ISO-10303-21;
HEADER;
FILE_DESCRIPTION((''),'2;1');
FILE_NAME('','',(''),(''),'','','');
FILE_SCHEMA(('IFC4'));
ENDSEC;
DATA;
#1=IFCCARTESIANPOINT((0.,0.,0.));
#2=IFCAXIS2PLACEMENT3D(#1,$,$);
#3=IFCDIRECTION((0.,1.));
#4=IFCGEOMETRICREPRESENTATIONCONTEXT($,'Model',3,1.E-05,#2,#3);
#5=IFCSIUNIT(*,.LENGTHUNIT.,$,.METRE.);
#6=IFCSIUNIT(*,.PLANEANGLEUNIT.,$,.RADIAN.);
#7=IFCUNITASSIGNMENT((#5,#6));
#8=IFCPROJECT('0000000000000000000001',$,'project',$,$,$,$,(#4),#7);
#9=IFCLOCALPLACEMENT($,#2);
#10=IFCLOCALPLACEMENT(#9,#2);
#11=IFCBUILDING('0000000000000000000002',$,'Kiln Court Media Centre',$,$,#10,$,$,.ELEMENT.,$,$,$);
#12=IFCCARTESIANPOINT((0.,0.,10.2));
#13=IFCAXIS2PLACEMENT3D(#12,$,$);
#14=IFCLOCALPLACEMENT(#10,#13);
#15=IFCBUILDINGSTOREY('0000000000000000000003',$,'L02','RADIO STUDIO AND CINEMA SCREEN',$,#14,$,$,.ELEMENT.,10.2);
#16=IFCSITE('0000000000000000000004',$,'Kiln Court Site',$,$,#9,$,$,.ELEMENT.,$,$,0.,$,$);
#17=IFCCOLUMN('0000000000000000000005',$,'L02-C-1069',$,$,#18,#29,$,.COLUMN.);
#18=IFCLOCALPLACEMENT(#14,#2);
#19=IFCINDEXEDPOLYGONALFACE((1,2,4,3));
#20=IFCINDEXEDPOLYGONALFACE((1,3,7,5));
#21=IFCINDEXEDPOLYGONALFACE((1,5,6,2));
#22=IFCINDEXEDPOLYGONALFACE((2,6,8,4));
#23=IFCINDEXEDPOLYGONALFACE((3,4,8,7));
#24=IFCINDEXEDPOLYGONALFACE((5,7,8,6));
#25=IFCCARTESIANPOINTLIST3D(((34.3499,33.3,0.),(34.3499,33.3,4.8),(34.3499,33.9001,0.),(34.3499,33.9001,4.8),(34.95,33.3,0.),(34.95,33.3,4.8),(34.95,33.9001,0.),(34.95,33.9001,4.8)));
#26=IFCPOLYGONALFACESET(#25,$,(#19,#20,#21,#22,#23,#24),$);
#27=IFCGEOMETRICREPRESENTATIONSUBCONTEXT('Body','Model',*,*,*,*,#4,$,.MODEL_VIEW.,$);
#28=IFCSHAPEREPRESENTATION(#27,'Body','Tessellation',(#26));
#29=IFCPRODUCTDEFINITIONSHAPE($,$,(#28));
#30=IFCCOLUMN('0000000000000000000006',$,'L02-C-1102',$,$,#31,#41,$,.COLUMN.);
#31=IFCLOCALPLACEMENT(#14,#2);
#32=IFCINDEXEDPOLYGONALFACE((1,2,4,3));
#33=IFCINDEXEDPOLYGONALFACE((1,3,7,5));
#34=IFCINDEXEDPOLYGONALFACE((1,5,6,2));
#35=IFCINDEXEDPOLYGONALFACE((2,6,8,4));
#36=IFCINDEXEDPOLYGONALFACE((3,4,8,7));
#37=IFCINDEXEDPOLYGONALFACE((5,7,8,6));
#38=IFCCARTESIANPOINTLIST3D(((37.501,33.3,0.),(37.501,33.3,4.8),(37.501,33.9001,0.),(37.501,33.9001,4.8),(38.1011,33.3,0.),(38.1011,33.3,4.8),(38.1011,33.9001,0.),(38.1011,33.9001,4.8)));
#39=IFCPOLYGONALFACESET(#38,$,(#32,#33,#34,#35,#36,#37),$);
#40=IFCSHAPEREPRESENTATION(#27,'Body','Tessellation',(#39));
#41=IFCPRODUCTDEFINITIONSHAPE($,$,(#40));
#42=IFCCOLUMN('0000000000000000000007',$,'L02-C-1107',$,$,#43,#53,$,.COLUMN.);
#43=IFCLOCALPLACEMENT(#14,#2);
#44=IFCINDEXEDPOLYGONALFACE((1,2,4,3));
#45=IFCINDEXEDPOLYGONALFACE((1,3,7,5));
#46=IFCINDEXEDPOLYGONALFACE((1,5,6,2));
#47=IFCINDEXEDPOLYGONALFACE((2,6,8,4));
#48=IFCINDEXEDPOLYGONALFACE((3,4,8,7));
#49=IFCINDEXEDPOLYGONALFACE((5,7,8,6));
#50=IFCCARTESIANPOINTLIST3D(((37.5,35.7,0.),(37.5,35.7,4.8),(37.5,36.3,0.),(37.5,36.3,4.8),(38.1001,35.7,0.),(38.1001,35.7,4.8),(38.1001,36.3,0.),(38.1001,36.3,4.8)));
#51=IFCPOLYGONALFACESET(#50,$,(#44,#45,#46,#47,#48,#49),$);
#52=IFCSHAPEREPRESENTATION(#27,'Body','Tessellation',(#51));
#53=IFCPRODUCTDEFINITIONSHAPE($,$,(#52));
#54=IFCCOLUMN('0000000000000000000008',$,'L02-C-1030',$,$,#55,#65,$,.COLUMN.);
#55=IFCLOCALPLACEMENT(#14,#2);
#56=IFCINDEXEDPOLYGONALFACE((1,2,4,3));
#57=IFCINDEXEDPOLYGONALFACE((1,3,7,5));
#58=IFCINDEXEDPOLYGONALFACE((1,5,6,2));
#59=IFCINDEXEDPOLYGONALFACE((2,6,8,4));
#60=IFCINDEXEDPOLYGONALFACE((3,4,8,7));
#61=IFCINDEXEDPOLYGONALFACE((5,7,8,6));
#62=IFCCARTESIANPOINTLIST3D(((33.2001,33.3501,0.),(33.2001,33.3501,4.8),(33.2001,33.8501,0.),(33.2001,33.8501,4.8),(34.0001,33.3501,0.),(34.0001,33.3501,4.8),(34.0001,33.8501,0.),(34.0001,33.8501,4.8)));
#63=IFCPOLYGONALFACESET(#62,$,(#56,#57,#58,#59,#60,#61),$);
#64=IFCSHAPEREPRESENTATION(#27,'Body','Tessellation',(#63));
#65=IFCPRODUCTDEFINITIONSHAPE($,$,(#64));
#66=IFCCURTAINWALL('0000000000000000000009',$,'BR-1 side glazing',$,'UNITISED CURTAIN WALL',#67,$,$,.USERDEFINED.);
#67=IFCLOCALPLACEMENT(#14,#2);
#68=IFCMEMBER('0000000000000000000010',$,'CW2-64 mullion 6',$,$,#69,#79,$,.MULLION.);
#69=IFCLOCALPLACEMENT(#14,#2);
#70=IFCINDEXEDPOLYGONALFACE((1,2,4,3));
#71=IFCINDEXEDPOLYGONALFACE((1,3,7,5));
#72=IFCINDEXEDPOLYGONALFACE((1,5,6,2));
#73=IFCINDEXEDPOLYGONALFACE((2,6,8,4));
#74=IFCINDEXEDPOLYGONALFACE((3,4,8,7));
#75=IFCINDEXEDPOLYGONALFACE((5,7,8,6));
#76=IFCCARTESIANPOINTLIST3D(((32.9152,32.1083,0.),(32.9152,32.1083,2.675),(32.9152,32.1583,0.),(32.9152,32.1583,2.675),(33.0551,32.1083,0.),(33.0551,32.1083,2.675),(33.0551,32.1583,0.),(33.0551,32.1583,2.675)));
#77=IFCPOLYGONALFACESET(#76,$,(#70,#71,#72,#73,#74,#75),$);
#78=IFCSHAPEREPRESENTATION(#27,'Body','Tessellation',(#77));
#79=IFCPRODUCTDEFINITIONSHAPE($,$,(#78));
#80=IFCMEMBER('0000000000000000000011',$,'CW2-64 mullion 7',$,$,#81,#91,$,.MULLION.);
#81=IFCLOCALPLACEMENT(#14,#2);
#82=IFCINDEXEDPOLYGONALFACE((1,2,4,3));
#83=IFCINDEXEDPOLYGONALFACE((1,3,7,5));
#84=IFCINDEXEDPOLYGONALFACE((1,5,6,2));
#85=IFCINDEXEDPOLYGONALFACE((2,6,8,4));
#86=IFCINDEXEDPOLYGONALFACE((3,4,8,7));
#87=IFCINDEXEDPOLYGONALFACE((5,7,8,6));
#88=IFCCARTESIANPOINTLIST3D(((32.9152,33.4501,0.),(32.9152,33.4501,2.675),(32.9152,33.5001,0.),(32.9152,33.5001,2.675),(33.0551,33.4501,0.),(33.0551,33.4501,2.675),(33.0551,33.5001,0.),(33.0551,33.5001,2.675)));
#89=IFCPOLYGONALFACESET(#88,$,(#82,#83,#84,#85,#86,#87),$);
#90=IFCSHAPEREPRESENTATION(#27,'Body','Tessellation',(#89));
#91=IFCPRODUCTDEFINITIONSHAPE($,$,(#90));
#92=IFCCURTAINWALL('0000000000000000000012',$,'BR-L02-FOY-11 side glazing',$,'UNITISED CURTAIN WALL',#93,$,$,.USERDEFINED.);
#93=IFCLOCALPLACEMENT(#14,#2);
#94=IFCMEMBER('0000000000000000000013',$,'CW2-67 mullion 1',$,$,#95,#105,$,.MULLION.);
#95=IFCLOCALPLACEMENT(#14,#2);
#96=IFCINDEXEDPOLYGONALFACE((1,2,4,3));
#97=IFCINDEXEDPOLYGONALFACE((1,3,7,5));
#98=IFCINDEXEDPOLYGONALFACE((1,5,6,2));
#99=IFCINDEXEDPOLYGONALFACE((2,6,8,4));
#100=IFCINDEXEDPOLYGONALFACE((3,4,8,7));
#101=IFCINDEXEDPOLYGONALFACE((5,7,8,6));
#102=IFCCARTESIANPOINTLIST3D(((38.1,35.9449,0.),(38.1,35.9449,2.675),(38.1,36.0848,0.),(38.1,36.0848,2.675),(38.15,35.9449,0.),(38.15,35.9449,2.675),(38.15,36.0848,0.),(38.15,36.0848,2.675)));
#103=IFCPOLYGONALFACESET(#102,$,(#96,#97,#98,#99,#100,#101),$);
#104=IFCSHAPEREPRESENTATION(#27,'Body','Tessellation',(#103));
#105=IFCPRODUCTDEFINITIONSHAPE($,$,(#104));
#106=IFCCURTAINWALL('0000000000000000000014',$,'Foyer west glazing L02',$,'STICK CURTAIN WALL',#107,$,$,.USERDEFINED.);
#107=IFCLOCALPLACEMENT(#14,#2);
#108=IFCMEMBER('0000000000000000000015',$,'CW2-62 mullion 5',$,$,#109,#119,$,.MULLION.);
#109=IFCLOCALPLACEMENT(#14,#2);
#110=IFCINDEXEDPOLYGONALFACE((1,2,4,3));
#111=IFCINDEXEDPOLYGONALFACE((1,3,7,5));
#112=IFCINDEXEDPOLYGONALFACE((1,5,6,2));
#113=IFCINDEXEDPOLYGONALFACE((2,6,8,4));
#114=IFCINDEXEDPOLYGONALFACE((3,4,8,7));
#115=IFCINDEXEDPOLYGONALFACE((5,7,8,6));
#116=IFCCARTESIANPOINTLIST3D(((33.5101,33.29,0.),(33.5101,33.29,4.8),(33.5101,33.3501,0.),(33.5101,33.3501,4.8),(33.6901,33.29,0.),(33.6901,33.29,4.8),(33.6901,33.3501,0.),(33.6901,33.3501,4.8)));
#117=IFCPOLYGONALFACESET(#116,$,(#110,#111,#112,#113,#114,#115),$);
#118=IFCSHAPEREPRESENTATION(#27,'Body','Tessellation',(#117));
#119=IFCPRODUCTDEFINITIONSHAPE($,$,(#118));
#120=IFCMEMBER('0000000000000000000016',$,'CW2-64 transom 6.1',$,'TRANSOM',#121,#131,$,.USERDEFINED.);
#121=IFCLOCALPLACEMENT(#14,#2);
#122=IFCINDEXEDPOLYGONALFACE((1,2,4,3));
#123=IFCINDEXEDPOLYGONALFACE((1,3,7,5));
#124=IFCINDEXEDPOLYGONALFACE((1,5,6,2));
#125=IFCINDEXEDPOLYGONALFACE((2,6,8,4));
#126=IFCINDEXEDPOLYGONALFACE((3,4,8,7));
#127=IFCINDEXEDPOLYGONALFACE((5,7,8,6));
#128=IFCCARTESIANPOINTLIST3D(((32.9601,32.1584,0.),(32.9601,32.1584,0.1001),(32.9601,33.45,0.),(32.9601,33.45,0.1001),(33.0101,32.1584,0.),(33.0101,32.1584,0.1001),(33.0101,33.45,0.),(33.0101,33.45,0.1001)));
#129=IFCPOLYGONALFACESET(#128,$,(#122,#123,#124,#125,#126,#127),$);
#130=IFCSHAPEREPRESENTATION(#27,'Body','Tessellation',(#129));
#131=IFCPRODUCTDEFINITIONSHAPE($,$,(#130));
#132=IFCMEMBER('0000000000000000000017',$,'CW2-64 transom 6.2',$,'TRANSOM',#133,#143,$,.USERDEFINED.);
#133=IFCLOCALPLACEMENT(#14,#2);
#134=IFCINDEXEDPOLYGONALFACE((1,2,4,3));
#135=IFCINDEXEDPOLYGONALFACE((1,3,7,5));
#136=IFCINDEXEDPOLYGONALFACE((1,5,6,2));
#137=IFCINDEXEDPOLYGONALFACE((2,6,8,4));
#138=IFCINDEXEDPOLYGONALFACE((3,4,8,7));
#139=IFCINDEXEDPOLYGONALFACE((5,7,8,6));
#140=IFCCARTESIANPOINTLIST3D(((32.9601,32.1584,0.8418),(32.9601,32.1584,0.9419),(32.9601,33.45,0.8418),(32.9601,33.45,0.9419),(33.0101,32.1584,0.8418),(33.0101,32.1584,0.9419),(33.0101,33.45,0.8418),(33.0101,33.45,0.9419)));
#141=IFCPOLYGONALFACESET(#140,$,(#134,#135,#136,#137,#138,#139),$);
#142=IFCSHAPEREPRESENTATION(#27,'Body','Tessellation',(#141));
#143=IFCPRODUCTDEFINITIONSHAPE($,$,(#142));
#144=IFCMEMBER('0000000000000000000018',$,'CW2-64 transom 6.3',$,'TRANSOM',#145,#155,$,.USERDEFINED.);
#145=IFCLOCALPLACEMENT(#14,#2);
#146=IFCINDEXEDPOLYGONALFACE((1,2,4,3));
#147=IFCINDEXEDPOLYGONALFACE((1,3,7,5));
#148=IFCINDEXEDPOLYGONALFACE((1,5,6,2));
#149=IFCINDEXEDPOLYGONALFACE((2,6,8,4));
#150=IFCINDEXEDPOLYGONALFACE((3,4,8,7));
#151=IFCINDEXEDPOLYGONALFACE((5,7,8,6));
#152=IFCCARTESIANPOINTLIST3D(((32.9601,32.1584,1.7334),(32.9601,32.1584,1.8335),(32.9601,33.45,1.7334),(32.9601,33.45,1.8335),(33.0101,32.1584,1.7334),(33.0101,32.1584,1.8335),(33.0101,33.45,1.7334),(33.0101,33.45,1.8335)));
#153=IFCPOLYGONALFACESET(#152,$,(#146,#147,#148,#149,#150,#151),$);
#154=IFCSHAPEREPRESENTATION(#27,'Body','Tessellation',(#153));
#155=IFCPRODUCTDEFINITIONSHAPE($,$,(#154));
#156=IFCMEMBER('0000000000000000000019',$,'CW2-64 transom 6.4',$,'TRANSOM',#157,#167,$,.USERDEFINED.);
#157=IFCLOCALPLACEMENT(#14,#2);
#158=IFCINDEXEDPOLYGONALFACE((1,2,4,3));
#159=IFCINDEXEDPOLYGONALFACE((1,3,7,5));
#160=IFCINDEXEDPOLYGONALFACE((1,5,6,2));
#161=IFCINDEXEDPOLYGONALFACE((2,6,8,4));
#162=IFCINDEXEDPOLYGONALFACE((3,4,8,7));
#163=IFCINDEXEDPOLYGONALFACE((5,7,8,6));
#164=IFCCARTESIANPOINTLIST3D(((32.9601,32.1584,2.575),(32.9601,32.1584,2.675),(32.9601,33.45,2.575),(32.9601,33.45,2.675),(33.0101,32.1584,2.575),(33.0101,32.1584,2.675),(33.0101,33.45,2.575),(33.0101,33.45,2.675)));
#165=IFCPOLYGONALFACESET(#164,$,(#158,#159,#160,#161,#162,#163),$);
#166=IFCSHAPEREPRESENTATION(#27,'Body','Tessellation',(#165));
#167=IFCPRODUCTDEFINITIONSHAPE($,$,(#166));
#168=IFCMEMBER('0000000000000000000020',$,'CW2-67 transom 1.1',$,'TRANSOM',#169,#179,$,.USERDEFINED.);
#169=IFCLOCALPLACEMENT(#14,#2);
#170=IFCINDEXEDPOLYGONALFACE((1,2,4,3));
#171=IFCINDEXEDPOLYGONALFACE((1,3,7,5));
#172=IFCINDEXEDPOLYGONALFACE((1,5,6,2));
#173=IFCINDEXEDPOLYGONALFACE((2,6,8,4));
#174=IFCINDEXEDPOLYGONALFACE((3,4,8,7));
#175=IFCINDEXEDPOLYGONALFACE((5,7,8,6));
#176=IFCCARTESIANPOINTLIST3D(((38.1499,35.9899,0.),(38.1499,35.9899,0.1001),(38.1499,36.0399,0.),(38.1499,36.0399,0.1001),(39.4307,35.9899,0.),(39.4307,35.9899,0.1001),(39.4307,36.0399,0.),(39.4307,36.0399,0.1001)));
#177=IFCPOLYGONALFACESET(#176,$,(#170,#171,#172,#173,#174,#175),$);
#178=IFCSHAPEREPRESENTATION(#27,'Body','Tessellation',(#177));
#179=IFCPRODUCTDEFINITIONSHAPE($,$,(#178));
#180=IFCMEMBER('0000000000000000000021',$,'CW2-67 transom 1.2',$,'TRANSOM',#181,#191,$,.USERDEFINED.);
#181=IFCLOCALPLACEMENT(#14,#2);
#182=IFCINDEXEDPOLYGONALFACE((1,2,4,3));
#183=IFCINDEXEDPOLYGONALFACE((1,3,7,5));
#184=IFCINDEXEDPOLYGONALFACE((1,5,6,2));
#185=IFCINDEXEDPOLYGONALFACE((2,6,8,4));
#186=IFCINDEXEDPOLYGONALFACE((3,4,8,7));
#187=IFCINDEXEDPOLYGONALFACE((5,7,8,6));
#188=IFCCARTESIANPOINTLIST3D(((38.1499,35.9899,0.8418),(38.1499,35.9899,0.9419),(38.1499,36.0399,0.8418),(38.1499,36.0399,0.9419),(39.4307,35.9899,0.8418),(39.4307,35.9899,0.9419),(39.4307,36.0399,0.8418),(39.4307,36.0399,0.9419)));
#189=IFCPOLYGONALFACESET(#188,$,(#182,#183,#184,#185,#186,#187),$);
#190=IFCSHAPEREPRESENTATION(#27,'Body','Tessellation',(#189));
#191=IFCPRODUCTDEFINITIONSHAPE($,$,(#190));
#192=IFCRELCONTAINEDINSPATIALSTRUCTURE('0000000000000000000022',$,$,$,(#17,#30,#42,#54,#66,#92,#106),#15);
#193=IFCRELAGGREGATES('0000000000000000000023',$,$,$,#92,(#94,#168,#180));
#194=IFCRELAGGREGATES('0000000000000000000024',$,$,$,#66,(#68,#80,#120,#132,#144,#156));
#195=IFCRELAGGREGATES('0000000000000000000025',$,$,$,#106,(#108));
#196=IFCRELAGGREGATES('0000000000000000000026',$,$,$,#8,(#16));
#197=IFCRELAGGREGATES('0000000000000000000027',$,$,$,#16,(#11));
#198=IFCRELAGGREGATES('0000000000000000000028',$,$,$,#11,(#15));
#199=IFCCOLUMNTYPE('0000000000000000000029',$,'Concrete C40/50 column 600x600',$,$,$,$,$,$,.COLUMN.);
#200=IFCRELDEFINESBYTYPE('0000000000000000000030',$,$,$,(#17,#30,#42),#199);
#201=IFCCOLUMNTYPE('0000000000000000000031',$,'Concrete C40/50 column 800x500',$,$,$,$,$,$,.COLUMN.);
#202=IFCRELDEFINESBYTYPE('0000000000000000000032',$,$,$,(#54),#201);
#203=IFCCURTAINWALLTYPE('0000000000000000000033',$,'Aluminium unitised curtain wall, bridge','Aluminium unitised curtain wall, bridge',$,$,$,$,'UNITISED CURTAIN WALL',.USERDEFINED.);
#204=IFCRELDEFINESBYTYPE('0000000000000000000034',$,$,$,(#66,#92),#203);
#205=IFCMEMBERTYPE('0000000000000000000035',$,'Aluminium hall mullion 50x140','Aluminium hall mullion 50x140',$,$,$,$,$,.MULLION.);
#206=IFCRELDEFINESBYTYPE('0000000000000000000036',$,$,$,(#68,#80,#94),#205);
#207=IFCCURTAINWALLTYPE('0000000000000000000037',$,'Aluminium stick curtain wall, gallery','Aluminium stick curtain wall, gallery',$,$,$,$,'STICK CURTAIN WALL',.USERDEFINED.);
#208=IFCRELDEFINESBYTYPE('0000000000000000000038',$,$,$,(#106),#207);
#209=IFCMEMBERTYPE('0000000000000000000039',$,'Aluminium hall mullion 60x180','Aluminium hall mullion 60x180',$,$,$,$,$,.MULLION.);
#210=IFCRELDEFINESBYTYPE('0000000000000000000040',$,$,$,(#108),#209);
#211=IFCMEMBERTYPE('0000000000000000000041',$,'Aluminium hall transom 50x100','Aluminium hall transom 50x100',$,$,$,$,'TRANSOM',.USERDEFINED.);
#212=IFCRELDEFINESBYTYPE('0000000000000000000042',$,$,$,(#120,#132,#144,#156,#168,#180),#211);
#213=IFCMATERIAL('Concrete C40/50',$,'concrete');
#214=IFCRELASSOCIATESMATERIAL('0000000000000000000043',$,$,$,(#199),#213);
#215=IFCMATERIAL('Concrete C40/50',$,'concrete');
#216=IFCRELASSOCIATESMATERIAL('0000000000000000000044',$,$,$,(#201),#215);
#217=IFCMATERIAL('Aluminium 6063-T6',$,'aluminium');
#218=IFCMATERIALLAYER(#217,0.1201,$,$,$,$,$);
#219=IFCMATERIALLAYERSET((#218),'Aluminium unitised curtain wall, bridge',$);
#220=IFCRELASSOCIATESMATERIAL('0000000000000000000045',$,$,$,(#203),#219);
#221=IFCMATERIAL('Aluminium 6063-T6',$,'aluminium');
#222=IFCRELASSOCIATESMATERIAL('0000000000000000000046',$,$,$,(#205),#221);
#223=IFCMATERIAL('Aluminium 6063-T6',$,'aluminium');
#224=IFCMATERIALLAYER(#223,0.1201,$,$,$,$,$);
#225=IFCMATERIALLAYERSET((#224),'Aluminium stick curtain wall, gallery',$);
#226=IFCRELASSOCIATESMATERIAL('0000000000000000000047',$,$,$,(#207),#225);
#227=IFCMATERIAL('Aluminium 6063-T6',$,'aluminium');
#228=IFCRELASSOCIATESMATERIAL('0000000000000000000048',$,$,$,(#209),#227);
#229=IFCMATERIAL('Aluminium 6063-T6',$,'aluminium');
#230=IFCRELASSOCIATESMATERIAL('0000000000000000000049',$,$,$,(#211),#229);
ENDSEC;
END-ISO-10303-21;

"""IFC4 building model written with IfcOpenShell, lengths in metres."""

from ifc_helpers import new_model, si_unit, direction, frame, origin, origin_2d, place, context, subcontext, project, spatial, rectangle, extrude, material, layer, layer_set, material_profile, profile_set, type_object, element, aggregate, save


model = new_model("IFC4")

# Units and contexts
model_context = context("Model", 3, precision=1e-05, world=origin(), true_north=direction((0.0, 1.0)))
body_context = subcontext(model_context, "Body", "Model", "MODEL_VIEW")
ifc_project = project(units=[si_unit("LENGTHUNIT", "METRE"), si_unit("PLANEANGLEUNIT", "RADIAN")], contexts=[model_context])

# Site, building, storey
site_placement = place(None, origin())
site = spatial("IfcSite", under=ifc_project, at=site_placement, Name="Kiln Court Site", CompositionType="ELEMENT", RefElevation=0.0)
building_placement = place(site_placement, origin())
building = spatial("IfcBuilding", under=site, at=building_placement, Name="Kiln Court Media Centre", CompositionType="ELEMENT")
storey_placement = place(building_placement, frame((0.0, 0.0, 10.2)))
storey = spatial("IfcBuildingStorey", under=building, at=storey_placement, Name="L02", Description="RADIO STUDIO AND CINEMA SCREEN", CompositionType="ELEMENT", Elevation=10.2)

# Columns
ifc_material_1 = material(Name="Concrete C40/50", Category="concrete")
ifc_material_profile_1 = material_profile(ifc_material_1, rectangle(XDim=0.6001, YDim=0.6001, at=origin_2d()), Name="RC 600x600")
ifc_profile_set_1 = profile_set([ifc_material_profile_1], Name="Concrete C40/50")
column_type_1 = type_object("IfcColumnType", Name="Concrete C40/50 column 600x600", PredefinedType="COLUMN", material=ifc_profile_set_1)
for number, where, z_axis, x_axis, name in (
    (1, (34.6499, 33.6001, 0.0), (0.0, 0.0, 1.0), (1.0, 0.0, 0.0), "L02-C-1069"),
    (2, (37.801, 33.6001, 0.0), (0.0, 0.0, 1.0), (1.0, 0.0, 0.0), "L02-C-1102"),
    (3, (37.8, 36.0, 0.0), (0.0, 0.0, 1.0), (1.0, 0.0, 0.0), "L02-C-1107"),
):
    element("IfcColumn", number, at=place(storey_placement, frame(where, z_axis=z_axis, x_axis=x_axis)), inside=storey, type_object=column_type_1, Name=name, PredefinedType="COLUMN", context=body_context, shape_type="SweptSolid", body=[
        extrude(rectangle(XDim=0.6001, YDim=0.6001, at=origin_2d()), origin(), (0.0, 0.0, 1.0), 4.8),
    ])
ifc_material_2 = material(Name="Concrete C40/50", Category="concrete")
ifc_material_profile_2 = material_profile(ifc_material_2, rectangle(XDim=0.8, YDim=0.5, at=origin_2d()), Name="RC 800x500")
ifc_profile_set_2 = profile_set([ifc_material_profile_2], Name="Concrete C40/50")
column_type_2 = type_object("IfcColumnType", Name="Concrete C40/50 column 800x500", PredefinedType="COLUMN", material=ifc_profile_set_2)
column_placement = place(storey_placement, frame((33.6001, 33.6001, 0.0), z_axis=(0.0, 0.0, 1.0), x_axis=(1.0, 0.0, 0.0)))
element("IfcColumn", 4, at=column_placement, inside=storey, type_object=column_type_2, Name="L02-C-1030", PredefinedType="COLUMN", context=body_context, shape_type="SweptSolid", body=[
    extrude(rectangle(XDim=0.8, YDim=0.5, at=origin_2d()), origin(), (0.0, 0.0, 1.0), 4.8),
])

# Curtain wall, members
ifc_material_3 = material(Name="Aluminium 6063-T6", Category="aluminium")
ifc_layer_1 = layer(ifc_material_3, 0.1201)
ifc_layer_set_1 = layer_set([ifc_layer_1], Name="Aluminium unitised curtain wall, bridge")
curtain_wall_type_1 = type_object("IfcCurtainWallType", Name="Aluminium unitised curtain wall, bridge", Description="Aluminium unitised curtain wall, bridge", ElementType="UNITISED CURTAIN WALL", PredefinedType="USERDEFINED", material=ifc_layer_set_1)
curtain_wall_1_placement = place(storey_placement, origin())
curtain_wall_1 = element("IfcCurtainWall", 5, at=curtain_wall_1_placement, inside=storey, type_object=curtain_wall_type_1, Name="BR-1 side glazing", ObjectType="UNITISED CURTAIN WALL", PredefinedType="USERDEFINED")
ifc_material_4 = material(Name="Aluminium 6063-T6", Category="aluminium")
ifc_material_profile_3 = material_profile(ifc_material_4, rectangle(XDim=0.05, YDim=0.1399, at=origin_2d()), Name="Aluminium hall mullion 50x140")
ifc_profile_set_3 = profile_set([ifc_material_profile_3], Name="Aluminium 6063-T6")
member_type_1 = type_object("IfcMemberType", Name="Aluminium hall mullion 50x140", Description="Aluminium hall mullion 50x140", PredefinedType="MULLION", material=ifc_profile_set_3)
member_1_placement = place(storey_placement, frame((32.9851, 32.1333, 0.0), z_axis=(0.0, 0.0, 1.0), x_axis=(0.0, 1.0, 0.0)))
member_1 = element("IfcMember", 6, at=member_1_placement, type_object=member_type_1, Name="CW2-64 mullion 6", PredefinedType="MULLION", context=body_context, shape_type="SweptSolid", body=[
    extrude(rectangle(XDim=0.05, YDim=0.1399, at=origin_2d()), origin(), (0.0, 0.0, 1.0), 2.675),
])
member_2_placement = place(storey_placement, frame((32.9851, 33.4751, 0.0), z_axis=(0.0, 0.0, 1.0), x_axis=(0.0, 1.0, 0.0)))
member_2 = element("IfcMember", 7, at=member_2_placement, type_object=member_type_1, Name="CW2-64 mullion 7", PredefinedType="MULLION", context=body_context, shape_type="SweptSolid", body=[
    extrude(rectangle(XDim=0.05, YDim=0.1399, at=origin_2d()), origin(), (0.0, 0.0, 1.0), 2.675),
])

# Curtain walls, members
curtain_wall_2_placement = place(storey_placement, origin())
curtain_wall_2 = element("IfcCurtainWall", 8, at=curtain_wall_2_placement, inside=storey, type_object=curtain_wall_type_1, Name="BR-L02-FOY-11 side glazing", ObjectType="UNITISED CURTAIN WALL", PredefinedType="USERDEFINED")
member_3_placement = place(storey_placement, frame((38.125, 36.0149, 0.0), z_axis=(0.0, 0.0, 1.0), x_axis=(1.0, 0.0, 0.0)))
member_3 = element("IfcMember", 9, at=member_3_placement, type_object=member_type_1, Name="CW2-67 mullion 1", PredefinedType="MULLION", context=body_context, shape_type="SweptSolid", body=[
    extrude(rectangle(XDim=0.05, YDim=0.1399, at=origin_2d()), origin(), (0.0, 0.0, 1.0), 2.675),
])
ifc_material_5 = material(Name="Aluminium 6063-T6", Category="aluminium")
ifc_layer_2 = layer(ifc_material_5, 0.1201)
ifc_layer_set_2 = layer_set([ifc_layer_2], Name="Aluminium stick curtain wall, gallery")
curtain_wall_type_2 = type_object("IfcCurtainWallType", Name="Aluminium stick curtain wall, gallery", Description="Aluminium stick curtain wall, gallery", ElementType="STICK CURTAIN WALL", PredefinedType="USERDEFINED", material=ifc_layer_set_2)
curtain_wall_3_placement = place(storey_placement, origin())
curtain_wall_3 = element("IfcCurtainWall", 10, at=curtain_wall_3_placement, inside=storey, type_object=curtain_wall_type_2, Name="Foyer west glazing L02", ObjectType="STICK CURTAIN WALL", PredefinedType="USERDEFINED")
ifc_material_6 = material(Name="Aluminium 6063-T6", Category="aluminium")
ifc_material_profile_4 = material_profile(ifc_material_6, rectangle(XDim=0.0601, YDim=0.1799, at=origin_2d()), Name="Aluminium hall mullion 60x180")
ifc_profile_set_4 = profile_set([ifc_material_profile_4], Name="Aluminium 6063-T6")
member_type_2 = type_object("IfcMemberType", Name="Aluminium hall mullion 60x180", Description="Aluminium hall mullion 60x180", PredefinedType="MULLION", material=ifc_profile_set_4)
member_4_placement = place(storey_placement, frame((33.6001, 33.3201, 0.0), z_axis=(0.0, 0.0, 1.0), x_axis=(0.0, 1.0, 0.0)))
member_4 = element("IfcMember", 11, at=member_4_placement, type_object=member_type_2, Name="CW2-62 mullion 5", PredefinedType="MULLION", context=body_context, shape_type="SweptSolid", body=[
    extrude(rectangle(XDim=0.0601, YDim=0.1799, at=origin_2d()), origin(), (0.0, 0.0, 1.0), 4.8),
])

# Members
ifc_material_7 = material(Name="Aluminium 6063-T6", Category="aluminium")
ifc_material_profile_5 = material_profile(ifc_material_7, rectangle(XDim=0.05, YDim=0.1001, at=origin_2d()), Name="Aluminium hall transom 50x100")
ifc_profile_set_5 = profile_set([ifc_material_profile_5], Name="Aluminium 6063-T6")
member_type_3 = type_object("IfcMemberType", Name="Aluminium hall transom 50x100", Description="Aluminium hall transom 50x100", ElementType="TRANSOM", PredefinedType="USERDEFINED", material=ifc_profile_set_5)
member_5_placement = place(storey_placement, frame((32.9851, 32.1584, 0.05), z_axis=(0.0, 1.0, 0.0), x_axis=(-1.0, 0.0, 0.0)))
member_5 = element("IfcMember", 12, at=member_5_placement, type_object=member_type_3, Name="CW2-64 transom 6.1", ObjectType="TRANSOM", PredefinedType="USERDEFINED", context=body_context, shape_type="SweptSolid", body=[
    extrude(rectangle(XDim=0.05, YDim=0.1001, at=origin_2d()), origin(), (0.0, 0.0, 1.0), 1.2915),
])
member_6_placement = place(storey_placement, frame((32.9851, 32.1584, 0.8918), z_axis=(0.0, 1.0, 0.0), x_axis=(-1.0, 0.0, 0.0)))
member_6 = element("IfcMember", 13, at=member_6_placement, type_object=member_type_3, Name="CW2-64 transom 6.2", ObjectType="TRANSOM", PredefinedType="USERDEFINED", context=body_context, shape_type="SweptSolid", body=[
    extrude(rectangle(XDim=0.05, YDim=0.1001, at=origin_2d()), origin(), (0.0, 0.0, 1.0), 1.2915),
])
member_7_placement = place(storey_placement, frame((32.9851, 32.1584, 1.7834), z_axis=(0.0, 1.0, 0.0), x_axis=(-1.0, 0.0, 0.0)))
member_7 = element("IfcMember", 14, at=member_7_placement, type_object=member_type_3, Name="CW2-64 transom 6.3", ObjectType="TRANSOM", PredefinedType="USERDEFINED", context=body_context, shape_type="SweptSolid", body=[
    extrude(rectangle(XDim=0.05, YDim=0.1001, at=origin_2d()), origin(), (0.0, 0.0, 1.0), 1.2915),
])
member_8_placement = place(storey_placement, frame((32.9851, 32.1584, 2.625), z_axis=(0.0, 1.0, 0.0), x_axis=(-1.0, 0.0, 0.0)))
member_8 = element("IfcMember", 15, at=member_8_placement, type_object=member_type_3, Name="CW2-64 transom 6.4", ObjectType="TRANSOM", PredefinedType="USERDEFINED", context=body_context, shape_type="SweptSolid", body=[
    extrude(rectangle(XDim=0.05, YDim=0.1001, at=origin_2d()), origin(), (0.0, 0.0, 1.0), 1.2915),
])
member_9_placement = place(storey_placement, frame((38.1499, 36.0149, 0.05), z_axis=(1.0, 0.0, 0.0), x_axis=(0.0, 1.0, 0.0)))
member_9 = element("IfcMember", 16, at=member_9_placement, type_object=member_type_3, Name="CW2-67 transom 1.1", ObjectType="TRANSOM", PredefinedType="USERDEFINED", context=body_context, shape_type="SweptSolid", body=[
    extrude(rectangle(XDim=0.05, YDim=0.1001, at=origin_2d()), origin(), (0.0, 0.0, 1.0), 1.2808),
])
member_10_placement = place(storey_placement, frame((38.1499, 36.0149, 0.8918), z_axis=(1.0, 0.0, 0.0), x_axis=(0.0, 1.0, 0.0)))
member_10 = element("IfcMember", 17, at=member_10_placement, type_object=member_type_3, Name="CW2-67 transom 1.2", ObjectType="TRANSOM", PredefinedType="USERDEFINED", context=body_context, shape_type="SweptSolid", body=[
    extrude(rectangle(XDim=0.05, YDim=0.1001, at=origin_2d()), origin(), (0.0, 0.0, 1.0), 1.2808),
])
aggregate(curtain_wall_2, [member_3, member_9, member_10])

aggregate(curtain_wall_1, [member_1, member_2, member_5, member_6, member_7, member_8])
aggregate(curtain_wall_3, [member_4])

save(model, "model.ifc")
